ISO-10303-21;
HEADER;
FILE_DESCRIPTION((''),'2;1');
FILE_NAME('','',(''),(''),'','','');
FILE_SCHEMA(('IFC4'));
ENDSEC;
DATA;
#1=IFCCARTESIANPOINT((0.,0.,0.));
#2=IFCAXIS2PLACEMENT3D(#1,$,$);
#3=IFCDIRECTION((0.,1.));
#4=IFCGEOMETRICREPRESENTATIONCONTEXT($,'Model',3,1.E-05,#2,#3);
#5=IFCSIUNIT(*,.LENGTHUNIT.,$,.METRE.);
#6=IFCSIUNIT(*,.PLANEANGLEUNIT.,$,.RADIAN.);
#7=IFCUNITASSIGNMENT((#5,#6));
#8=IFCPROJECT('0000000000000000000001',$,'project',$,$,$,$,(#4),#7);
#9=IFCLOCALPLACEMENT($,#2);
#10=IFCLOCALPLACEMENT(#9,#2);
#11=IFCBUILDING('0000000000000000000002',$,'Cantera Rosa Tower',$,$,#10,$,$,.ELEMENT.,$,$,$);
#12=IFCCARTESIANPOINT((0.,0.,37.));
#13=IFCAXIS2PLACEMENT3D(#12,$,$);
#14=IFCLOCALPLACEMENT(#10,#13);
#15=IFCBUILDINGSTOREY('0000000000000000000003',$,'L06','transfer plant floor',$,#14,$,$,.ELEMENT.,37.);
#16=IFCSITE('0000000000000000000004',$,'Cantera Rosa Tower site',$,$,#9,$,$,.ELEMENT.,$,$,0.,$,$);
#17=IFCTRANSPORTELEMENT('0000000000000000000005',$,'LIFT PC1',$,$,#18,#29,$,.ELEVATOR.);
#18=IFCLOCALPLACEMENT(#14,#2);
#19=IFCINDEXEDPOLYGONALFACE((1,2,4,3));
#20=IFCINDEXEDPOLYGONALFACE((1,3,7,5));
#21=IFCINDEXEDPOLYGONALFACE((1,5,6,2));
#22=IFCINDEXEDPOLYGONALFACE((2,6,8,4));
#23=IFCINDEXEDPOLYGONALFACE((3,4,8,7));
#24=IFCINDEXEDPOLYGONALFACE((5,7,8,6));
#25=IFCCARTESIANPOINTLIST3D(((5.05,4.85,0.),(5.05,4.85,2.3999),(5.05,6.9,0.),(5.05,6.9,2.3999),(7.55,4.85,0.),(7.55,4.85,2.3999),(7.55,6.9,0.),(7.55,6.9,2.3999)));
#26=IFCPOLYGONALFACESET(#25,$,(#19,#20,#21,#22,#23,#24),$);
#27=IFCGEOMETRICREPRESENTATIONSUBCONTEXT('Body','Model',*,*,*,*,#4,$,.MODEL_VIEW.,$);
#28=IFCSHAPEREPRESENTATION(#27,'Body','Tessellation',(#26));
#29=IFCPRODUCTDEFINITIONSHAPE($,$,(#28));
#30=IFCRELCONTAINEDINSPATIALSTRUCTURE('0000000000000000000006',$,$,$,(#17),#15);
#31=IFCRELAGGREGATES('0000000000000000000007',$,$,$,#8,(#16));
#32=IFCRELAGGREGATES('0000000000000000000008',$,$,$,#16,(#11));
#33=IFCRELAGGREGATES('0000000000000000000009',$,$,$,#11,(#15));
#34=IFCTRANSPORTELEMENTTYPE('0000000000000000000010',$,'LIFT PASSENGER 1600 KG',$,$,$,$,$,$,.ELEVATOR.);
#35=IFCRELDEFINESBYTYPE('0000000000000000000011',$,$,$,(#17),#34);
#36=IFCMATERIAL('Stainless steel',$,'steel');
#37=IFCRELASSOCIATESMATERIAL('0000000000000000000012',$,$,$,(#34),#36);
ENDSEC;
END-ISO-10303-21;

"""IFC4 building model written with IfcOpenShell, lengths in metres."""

from ifc_helpers import new_model, si_unit, direction, frame, origin, origin_2d, place, context, subcontext, project, spatial, rectangle, extrude, material, type_object, element, save


model = new_model("IFC4")

# Units and contexts
model_context = context("Model", 3, precision=1e-05, world=origin(), true_north=direction((0.0, 1.0)))
body_context = subcontext(model_context, "Body", "Model", "MODEL_VIEW")
ifc_project = project(units=[si_unit("LENGTHUNIT", "METRE"), si_unit("PLANEANGLEUNIT", "RADIAN")], contexts=[model_context])

# Site, building, storey
site_placement = place(None, origin())
site = spatial("IfcSite", under=ifc_project, at=site_placement, Name="Cantera Rosa Tower site", CompositionType="ELEMENT", RefElevation=0.0)
building_placement = place(site_placement, origin())
building = spatial("IfcBuilding", under=site, at=building_placement, Name="Cantera Rosa Tower", CompositionType="ELEMENT")
storey_placement = place(building_placement, frame((0.0, 0.0, 37.0)))
storey = spatial("IfcBuildingStorey", under=building, at=storey_placement, Name="L06", Description="transfer plant floor", CompositionType="ELEMENT", Elevation=37.0)

# Transport element
ifc_material_1 = material(Name="Stainless steel", Category="steel")
transport_element_type = type_object("IfcTransportElementType", Name="LIFT PASSENGER 1600 KG", PredefinedType="ELEVATOR", material=ifc_material_1)
transport_element_placement = place(storey_placement, frame((6.3, 5.875, 0.0), z_axis=(0.0, 0.0, 1.0), x_axis=(1.0, 0.0, 0.0)))
element("IfcTransportElement", 1, at=transport_element_placement, inside=storey, type_object=transport_element_type, Name="LIFT PC1", PredefinedType="ELEVATOR", context=body_context, shape_type="SweptSolid", body=[
    extrude(rectangle(XDim=2.5, YDim=2.05, at=origin_2d()), origin(), (0.0, 0.0, 1.0), 2.3999),
])

save(model, "model.ifc")
